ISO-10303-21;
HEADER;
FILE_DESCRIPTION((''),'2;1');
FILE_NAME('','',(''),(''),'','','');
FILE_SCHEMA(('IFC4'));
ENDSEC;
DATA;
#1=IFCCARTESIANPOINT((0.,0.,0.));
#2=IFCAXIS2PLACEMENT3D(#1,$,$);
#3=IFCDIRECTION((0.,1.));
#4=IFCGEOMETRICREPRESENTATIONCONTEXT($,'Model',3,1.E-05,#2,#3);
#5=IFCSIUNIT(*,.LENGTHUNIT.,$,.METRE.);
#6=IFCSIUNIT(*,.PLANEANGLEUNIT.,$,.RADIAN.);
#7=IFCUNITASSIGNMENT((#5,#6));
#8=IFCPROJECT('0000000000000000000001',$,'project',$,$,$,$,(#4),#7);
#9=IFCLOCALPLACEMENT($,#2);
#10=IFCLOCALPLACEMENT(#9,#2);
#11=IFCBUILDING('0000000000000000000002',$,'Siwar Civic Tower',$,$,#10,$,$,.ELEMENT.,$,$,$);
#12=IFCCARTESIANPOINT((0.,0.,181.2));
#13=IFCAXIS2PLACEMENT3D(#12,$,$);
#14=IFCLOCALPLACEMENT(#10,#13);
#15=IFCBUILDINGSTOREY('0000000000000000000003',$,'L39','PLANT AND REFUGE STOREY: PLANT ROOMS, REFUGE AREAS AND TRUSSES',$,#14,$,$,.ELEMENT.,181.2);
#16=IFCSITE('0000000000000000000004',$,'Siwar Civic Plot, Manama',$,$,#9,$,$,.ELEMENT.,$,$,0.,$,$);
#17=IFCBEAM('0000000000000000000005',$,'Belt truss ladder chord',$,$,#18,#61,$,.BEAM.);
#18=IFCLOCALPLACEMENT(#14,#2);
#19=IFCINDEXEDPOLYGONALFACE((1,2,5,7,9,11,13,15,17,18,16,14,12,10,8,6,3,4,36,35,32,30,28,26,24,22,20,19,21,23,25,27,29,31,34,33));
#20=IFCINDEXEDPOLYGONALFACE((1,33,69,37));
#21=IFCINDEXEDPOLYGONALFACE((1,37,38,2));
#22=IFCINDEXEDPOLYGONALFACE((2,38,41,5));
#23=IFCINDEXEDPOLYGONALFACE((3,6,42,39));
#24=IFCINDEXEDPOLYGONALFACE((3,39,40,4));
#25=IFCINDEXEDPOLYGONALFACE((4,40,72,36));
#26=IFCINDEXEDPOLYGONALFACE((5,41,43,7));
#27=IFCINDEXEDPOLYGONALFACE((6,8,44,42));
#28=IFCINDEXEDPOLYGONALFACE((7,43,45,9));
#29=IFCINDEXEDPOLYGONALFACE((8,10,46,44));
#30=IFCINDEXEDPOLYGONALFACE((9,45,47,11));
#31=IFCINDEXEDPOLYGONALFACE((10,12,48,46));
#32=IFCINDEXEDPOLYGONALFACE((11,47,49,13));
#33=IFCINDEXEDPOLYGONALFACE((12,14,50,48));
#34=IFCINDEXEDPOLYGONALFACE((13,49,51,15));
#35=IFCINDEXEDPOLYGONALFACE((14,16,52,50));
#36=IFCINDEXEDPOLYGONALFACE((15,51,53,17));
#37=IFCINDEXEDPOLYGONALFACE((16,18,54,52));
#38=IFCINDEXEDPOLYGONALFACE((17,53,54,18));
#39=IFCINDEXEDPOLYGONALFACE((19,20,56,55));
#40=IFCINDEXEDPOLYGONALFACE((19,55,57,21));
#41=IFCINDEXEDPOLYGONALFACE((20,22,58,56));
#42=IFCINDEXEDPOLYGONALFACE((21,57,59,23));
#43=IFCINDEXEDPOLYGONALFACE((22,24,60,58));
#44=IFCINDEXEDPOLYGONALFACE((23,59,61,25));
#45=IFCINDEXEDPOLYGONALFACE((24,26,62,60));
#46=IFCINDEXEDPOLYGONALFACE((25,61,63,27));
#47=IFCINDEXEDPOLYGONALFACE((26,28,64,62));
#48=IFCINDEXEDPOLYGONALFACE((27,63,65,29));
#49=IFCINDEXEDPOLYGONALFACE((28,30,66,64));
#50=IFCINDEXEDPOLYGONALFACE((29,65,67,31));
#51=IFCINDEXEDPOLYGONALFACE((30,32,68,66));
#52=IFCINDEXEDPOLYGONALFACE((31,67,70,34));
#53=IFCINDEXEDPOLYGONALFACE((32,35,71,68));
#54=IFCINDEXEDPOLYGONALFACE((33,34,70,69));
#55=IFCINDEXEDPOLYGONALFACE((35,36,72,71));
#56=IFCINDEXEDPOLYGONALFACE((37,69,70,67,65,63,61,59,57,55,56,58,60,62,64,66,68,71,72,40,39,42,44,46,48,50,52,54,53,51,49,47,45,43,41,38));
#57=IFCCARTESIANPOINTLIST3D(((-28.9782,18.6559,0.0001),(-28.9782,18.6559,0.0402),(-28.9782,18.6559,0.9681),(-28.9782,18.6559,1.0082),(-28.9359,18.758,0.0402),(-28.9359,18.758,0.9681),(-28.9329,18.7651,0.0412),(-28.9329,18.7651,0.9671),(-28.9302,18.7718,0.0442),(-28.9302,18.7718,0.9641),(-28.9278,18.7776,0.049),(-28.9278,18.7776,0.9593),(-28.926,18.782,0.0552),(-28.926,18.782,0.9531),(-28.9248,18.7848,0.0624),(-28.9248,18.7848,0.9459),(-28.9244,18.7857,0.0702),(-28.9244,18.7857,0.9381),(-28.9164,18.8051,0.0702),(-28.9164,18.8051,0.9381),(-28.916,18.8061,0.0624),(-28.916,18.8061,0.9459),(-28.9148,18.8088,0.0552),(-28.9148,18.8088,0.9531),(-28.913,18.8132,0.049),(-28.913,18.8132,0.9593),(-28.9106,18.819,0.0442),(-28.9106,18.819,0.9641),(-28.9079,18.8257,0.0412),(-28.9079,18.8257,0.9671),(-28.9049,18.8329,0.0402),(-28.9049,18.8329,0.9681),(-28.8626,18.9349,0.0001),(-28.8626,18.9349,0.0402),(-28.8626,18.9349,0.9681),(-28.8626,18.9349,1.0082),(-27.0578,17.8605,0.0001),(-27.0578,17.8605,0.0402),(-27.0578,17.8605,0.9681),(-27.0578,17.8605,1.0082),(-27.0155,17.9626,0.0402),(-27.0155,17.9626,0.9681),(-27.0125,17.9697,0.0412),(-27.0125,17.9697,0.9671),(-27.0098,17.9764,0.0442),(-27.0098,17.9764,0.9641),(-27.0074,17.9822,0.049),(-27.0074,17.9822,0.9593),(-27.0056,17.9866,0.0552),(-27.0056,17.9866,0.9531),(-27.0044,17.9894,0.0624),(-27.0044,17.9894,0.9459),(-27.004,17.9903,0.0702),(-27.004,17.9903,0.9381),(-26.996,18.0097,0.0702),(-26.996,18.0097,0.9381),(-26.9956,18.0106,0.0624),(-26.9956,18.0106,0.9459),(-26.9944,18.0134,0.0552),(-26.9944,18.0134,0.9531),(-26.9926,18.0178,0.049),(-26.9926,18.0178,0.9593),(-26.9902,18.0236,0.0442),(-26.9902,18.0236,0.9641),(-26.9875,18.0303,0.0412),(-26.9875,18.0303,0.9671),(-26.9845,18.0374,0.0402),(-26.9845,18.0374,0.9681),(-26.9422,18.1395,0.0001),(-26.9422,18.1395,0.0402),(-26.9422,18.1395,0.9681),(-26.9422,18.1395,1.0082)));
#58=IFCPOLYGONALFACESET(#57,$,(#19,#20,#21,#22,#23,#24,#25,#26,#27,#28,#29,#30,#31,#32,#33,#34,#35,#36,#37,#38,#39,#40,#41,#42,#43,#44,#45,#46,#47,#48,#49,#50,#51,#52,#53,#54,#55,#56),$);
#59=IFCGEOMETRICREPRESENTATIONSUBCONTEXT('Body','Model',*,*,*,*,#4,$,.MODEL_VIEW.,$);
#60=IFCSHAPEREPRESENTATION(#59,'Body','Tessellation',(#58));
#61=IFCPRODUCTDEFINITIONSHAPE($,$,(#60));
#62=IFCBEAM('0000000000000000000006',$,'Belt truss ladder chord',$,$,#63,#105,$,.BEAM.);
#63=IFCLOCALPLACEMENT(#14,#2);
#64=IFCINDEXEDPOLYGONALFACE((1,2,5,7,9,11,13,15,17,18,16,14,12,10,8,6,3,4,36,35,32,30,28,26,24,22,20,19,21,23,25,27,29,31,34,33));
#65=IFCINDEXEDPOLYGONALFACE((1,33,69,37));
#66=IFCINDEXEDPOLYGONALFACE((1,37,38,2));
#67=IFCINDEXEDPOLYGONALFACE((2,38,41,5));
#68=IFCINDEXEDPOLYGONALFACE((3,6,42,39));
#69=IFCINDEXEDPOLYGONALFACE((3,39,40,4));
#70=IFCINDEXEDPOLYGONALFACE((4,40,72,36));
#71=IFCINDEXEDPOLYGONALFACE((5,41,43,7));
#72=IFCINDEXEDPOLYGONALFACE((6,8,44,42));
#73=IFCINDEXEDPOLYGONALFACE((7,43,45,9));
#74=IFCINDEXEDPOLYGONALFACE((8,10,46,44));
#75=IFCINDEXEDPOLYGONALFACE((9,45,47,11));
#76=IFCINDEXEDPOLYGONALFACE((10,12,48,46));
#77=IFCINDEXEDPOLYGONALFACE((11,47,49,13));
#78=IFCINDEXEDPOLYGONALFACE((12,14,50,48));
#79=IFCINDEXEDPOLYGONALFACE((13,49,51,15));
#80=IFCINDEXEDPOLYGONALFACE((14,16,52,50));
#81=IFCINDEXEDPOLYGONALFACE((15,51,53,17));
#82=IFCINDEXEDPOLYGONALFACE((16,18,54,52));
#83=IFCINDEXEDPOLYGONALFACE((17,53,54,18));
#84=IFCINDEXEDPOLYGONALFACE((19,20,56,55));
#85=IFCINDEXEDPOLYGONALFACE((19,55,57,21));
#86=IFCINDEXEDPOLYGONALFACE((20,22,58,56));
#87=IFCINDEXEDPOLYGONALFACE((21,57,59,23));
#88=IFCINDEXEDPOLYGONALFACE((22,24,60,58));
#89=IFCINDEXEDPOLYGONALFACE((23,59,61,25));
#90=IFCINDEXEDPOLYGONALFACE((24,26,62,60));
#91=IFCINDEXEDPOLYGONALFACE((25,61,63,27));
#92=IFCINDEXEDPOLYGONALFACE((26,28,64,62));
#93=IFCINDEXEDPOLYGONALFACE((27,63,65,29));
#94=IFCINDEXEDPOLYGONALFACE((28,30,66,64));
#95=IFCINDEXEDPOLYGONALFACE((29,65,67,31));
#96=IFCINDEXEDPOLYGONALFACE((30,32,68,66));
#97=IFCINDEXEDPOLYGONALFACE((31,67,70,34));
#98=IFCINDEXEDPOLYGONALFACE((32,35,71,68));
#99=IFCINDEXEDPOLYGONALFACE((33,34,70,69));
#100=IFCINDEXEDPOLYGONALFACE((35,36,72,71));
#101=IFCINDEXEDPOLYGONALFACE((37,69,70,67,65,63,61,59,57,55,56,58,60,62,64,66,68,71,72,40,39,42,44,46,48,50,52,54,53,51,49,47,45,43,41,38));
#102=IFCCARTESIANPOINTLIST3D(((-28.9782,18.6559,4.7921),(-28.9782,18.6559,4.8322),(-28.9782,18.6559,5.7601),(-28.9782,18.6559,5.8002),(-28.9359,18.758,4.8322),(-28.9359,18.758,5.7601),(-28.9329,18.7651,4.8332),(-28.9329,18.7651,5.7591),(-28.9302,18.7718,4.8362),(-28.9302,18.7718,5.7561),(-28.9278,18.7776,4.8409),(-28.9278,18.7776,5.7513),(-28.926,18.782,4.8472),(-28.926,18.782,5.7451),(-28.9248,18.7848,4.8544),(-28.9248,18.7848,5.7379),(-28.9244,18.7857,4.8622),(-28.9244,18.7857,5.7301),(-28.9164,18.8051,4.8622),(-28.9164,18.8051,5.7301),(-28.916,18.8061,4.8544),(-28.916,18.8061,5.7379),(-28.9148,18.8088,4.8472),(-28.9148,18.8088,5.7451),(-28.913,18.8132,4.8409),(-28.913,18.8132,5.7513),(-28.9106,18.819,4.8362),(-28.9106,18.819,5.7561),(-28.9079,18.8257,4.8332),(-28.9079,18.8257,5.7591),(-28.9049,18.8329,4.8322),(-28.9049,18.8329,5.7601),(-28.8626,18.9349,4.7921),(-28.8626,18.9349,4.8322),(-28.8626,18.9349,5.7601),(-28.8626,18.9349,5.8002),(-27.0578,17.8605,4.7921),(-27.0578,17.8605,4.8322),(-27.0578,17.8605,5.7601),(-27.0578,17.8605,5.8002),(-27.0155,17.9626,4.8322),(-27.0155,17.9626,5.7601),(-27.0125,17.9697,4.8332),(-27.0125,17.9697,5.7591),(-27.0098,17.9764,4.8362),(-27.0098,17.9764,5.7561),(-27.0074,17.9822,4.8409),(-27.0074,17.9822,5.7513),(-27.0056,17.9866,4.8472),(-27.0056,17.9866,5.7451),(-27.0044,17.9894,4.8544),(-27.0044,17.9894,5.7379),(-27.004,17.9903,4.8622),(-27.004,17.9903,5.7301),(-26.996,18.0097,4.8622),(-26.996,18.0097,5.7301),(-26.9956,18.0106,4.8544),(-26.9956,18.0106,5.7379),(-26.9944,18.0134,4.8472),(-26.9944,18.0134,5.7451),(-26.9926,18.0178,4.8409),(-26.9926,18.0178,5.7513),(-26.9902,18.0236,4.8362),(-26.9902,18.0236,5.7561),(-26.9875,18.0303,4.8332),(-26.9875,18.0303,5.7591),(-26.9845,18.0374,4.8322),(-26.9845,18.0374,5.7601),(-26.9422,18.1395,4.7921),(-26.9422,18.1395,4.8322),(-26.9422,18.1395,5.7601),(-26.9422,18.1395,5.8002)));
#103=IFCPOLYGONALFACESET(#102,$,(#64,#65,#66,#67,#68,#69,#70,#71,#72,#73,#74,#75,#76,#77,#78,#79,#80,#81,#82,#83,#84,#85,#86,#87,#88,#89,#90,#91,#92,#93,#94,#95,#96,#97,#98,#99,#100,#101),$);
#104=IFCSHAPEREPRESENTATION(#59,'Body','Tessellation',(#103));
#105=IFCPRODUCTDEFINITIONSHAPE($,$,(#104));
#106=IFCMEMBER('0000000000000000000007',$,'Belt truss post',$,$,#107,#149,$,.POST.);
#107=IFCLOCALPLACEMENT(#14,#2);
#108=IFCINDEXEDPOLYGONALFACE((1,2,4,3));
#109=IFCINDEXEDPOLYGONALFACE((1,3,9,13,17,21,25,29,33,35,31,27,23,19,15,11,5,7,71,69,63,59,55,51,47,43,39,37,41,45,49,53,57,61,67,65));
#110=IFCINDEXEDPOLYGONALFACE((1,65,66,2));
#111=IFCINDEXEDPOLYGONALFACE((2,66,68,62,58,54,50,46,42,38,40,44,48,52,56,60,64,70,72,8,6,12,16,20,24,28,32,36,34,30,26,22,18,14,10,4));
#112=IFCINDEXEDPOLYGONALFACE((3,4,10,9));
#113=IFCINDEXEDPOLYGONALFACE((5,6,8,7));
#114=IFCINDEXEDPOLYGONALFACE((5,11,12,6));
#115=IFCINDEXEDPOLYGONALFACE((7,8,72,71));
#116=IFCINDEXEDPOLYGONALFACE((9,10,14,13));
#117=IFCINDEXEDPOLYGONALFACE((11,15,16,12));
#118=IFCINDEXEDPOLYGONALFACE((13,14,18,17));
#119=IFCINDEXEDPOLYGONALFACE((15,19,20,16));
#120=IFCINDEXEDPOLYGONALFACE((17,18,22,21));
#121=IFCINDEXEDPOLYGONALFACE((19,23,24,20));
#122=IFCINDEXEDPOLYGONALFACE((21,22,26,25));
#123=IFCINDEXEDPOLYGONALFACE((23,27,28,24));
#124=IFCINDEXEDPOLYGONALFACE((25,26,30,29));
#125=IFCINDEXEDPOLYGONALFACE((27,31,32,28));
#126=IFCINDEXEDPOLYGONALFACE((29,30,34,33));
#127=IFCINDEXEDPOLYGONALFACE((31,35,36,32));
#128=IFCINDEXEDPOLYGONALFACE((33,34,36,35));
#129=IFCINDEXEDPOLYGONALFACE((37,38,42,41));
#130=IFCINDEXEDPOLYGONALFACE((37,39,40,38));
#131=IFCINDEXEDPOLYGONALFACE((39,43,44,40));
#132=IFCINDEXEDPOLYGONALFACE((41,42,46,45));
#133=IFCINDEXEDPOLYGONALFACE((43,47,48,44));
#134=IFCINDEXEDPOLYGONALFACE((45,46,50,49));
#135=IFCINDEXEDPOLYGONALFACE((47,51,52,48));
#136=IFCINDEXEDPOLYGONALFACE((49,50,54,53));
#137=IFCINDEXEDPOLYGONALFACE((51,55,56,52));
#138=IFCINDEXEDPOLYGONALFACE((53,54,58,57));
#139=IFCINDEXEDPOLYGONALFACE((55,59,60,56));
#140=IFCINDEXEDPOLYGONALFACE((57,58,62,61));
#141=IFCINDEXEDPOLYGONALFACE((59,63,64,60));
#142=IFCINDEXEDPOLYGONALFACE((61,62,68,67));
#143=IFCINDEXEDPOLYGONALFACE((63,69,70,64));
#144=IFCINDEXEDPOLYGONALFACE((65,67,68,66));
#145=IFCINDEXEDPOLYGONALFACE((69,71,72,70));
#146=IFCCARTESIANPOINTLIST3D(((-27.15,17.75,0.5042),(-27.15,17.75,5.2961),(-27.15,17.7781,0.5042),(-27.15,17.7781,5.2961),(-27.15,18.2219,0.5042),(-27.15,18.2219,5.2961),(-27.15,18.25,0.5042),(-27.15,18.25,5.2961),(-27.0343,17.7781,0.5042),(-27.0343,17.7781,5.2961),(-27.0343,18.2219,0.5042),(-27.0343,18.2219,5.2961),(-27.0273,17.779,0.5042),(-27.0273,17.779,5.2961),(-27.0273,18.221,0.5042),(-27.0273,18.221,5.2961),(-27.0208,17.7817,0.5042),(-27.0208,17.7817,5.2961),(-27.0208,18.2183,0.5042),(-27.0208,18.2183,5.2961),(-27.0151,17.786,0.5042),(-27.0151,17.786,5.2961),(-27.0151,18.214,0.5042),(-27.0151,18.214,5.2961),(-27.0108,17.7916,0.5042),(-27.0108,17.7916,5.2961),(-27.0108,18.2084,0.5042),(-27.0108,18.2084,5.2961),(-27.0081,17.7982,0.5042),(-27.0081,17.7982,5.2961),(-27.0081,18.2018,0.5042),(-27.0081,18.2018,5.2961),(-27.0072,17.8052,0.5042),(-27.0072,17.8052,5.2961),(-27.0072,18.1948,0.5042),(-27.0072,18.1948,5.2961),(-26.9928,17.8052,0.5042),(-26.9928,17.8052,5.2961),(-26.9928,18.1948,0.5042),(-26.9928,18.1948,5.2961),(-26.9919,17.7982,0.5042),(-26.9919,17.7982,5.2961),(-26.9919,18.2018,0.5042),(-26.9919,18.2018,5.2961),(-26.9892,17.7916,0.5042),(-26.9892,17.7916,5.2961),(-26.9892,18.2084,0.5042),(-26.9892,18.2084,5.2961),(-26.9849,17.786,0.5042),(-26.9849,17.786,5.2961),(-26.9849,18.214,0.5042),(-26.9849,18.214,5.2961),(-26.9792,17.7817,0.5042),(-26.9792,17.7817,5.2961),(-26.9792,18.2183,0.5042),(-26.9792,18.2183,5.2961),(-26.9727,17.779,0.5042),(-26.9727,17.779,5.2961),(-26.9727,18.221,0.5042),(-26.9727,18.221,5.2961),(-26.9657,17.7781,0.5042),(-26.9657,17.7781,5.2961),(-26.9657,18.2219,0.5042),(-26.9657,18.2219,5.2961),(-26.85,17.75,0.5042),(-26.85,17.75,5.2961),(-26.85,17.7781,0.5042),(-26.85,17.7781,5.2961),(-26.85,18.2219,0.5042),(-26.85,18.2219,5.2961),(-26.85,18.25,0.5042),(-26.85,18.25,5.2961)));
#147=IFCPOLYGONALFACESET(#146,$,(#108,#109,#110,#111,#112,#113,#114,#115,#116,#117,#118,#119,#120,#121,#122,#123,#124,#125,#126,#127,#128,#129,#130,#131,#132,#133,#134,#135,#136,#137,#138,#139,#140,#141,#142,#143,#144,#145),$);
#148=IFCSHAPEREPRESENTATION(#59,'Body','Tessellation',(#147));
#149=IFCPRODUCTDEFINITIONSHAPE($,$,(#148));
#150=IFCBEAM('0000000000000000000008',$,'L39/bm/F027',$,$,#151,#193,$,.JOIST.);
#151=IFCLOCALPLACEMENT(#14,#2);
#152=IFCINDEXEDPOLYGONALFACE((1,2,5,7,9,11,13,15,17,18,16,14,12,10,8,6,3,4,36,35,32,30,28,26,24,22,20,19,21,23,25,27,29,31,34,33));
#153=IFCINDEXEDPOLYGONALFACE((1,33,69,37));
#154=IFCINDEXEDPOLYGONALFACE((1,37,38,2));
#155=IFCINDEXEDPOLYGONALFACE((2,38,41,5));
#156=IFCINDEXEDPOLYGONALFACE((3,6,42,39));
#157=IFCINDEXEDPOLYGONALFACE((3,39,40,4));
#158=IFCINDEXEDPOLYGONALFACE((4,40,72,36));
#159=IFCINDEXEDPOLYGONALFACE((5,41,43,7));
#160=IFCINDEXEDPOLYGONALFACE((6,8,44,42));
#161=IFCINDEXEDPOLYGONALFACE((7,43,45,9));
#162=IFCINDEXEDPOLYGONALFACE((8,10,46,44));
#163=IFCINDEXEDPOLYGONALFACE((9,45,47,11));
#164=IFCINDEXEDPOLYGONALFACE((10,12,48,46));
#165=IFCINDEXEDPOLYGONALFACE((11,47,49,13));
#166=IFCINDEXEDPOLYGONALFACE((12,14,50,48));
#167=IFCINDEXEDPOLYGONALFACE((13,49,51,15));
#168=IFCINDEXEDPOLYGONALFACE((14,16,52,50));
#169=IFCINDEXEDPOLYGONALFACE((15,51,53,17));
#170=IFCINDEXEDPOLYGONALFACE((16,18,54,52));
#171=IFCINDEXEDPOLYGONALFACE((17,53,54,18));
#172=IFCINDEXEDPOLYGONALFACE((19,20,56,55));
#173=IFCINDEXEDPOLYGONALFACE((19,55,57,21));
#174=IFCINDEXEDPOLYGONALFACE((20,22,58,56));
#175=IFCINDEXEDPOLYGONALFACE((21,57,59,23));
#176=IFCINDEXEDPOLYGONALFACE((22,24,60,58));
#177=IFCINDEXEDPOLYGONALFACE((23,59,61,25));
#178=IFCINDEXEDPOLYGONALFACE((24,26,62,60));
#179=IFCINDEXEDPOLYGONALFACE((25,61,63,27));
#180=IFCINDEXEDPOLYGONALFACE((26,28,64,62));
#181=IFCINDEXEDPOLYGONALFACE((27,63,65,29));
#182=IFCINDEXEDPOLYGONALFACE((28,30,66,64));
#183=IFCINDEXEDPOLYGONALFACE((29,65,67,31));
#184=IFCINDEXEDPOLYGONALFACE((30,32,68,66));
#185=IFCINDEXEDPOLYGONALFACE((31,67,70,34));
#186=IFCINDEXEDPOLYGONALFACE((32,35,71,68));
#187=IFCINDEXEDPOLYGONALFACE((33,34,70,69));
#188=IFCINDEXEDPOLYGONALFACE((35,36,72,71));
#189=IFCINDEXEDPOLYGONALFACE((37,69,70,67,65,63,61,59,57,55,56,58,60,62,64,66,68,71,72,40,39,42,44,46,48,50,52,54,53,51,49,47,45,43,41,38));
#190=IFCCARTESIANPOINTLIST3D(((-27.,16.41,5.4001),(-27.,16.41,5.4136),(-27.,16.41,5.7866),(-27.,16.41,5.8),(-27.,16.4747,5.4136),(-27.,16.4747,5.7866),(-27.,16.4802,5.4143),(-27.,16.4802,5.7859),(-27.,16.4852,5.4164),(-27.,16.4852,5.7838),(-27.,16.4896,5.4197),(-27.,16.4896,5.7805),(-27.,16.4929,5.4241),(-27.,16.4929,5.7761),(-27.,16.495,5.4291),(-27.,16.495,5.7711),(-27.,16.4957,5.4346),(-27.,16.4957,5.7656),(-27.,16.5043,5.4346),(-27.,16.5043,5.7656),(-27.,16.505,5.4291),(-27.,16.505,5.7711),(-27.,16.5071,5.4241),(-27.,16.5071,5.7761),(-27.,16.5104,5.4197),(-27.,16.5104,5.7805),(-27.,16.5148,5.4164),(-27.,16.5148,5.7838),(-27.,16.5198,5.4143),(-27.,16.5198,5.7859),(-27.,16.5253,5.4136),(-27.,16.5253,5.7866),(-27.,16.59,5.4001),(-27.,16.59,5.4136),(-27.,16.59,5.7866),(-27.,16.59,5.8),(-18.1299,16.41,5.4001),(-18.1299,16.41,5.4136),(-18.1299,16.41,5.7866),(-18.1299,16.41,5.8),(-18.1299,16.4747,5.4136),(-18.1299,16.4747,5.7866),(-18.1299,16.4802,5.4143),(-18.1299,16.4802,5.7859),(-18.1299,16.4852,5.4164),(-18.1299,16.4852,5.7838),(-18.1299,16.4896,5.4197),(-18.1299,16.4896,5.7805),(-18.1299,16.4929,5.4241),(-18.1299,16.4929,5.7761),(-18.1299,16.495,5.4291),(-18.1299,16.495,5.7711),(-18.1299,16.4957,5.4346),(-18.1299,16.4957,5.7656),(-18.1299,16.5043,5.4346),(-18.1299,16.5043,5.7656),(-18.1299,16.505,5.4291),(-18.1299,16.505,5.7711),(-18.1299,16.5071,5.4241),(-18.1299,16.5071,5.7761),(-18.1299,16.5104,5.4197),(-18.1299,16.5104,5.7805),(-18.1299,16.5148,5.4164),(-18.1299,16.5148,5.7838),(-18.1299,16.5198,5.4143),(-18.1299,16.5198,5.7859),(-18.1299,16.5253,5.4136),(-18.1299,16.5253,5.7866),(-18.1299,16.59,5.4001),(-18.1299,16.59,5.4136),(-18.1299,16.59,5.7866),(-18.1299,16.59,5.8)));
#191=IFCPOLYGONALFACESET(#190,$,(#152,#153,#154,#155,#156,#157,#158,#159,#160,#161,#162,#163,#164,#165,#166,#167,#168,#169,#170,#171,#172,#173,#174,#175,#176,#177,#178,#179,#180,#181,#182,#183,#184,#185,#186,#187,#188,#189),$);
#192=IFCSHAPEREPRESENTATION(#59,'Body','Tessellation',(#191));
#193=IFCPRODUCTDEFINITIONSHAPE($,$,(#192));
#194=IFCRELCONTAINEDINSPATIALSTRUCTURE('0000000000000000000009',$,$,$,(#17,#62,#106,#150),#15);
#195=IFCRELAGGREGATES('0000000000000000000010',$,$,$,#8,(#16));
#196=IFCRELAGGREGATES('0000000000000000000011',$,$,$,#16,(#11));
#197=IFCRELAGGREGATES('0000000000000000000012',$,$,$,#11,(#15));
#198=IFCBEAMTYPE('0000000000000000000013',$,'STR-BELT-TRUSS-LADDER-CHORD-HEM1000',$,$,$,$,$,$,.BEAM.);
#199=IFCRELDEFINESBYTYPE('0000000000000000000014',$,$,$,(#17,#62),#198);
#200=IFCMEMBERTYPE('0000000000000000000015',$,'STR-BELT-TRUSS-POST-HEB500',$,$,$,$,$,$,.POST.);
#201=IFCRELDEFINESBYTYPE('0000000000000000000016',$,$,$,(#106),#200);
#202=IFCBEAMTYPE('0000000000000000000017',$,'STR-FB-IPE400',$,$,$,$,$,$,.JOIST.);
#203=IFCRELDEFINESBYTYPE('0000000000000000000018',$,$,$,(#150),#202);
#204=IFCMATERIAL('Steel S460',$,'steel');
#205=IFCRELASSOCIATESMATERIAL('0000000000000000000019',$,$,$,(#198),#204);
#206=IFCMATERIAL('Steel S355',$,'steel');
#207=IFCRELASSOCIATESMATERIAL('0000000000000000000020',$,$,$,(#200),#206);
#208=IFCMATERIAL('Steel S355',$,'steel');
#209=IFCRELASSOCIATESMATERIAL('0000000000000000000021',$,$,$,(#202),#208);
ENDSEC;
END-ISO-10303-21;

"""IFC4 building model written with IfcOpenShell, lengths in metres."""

from ifc_helpers import new_model, si_unit, direction, frame, origin, origin_2d, place, context, subcontext, project, spatial, i_section, extrude, material, material_profile, profile_set, type_object, element, save


model = new_model("IFC4")

# Units and contexts
model_context = context("Model", 3, precision=1e-05, world=origin(), true_north=direction((0.0, 1.0)))
body_context = subcontext(model_context, "Body", "Model", "MODEL_VIEW")
ifc_project = project(units=[si_unit("LENGTHUNIT", "METRE"), si_unit("PLANEANGLEUNIT", "RADIAN")], contexts=[model_context])

# Site, building, storey
site_placement = place(None, origin())
site = spatial("IfcSite", under=ifc_project, at=site_placement, Name="Siwar Civic Plot, Manama", CompositionType="ELEMENT", RefElevation=0.0)
building_placement = place(site_placement, origin())
building = spatial("IfcBuilding", under=site, at=building_placement, Name="Siwar Civic Tower", CompositionType="ELEMENT")
storey_placement = place(building_placement, frame((0.0, 0.0, 181.2)))
storey = spatial("IfcBuildingStorey", under=building, at=storey_placement, Name="L39", Description="PLANT AND REFUGE STOREY: PLANT ROOMS, REFUGE AREAS AND TRUSSES", CompositionType="ELEMENT", Elevation=181.2)

# Beams
ifc_material_1 = material(Name="Steel S460", Category="steel")
ifc_material_profile_1 = material_profile(ifc_material_1, i_section(OverallWidth=0.302, OverallDepth=1.0081, WebThickness=0.021, FlangeThickness=0.04, FilletRadius=0.03, at=origin_2d()), Name="HEM1000")
ifc_profile_set_1 = profile_set([ifc_material_profile_1], Name="Steel S460")
beam_type_1 = type_object("IfcBeamType", Name="STR-BELT-TRUSS-LADDER-CHORD-HEM1000", PredefinedType="BEAM", material=ifc_profile_set_1)
for number, where, z_axis, x_axis, name in (
    (1, (-27.0, 18.0, 0.5042), (-0.923888, 0.382663, 0.0), (-0.382663, -0.923888, 0.0), "Belt truss ladder chord"),
    (2, (-27.0, 18.0, 5.2961), (-0.923888, 0.382663, 0.0), (-0.382663, -0.923888, 0.0), "Belt truss ladder chord"),
):
    element("IfcBeam", number, at=place(storey_placement, frame(where, z_axis=z_axis, x_axis=x_axis)), inside=storey, type_object=beam_type_1, Name=name, PredefinedType="BEAM", context=body_context, shape_type="SweptSolid", body=[
        extrude(i_section(OverallWidth=0.302, OverallDepth=1.0081, WebThickness=0.021, FlangeThickness=0.04, FilletRadius=0.03, at=origin_2d()), origin(), (0.0, 0.0, 1.0), 2.0786),
    ])

# Member
ifc_material_2 = material(Name="Steel S355", Category="steel")
ifc_material_profile_2 = material_profile(ifc_material_2, i_section(OverallWidth=0.3, OverallDepth=0.5, WebThickness=0.0144, FlangeThickness=0.0281, FilletRadius=0.0271, at=origin_2d()), Name="HEB500")
ifc_profile_set_2 = profile_set([ifc_material_profile_2], Name="Steel S355")
member_type_1 = type_object("IfcMemberType", Name="STR-BELT-TRUSS-POST-HEB500", PredefinedType="POST", material=ifc_profile_set_2)
member_1_placement = place(storey_placement, frame((-27.0, 18.0, 0.5042), z_axis=(0.0, 0.0, 1.0), x_axis=(1.0, 0.0, 0.0)))
element("IfcMember", 3, at=member_1_placement, inside=storey, type_object=member_type_1, Name="Belt truss post", PredefinedType="POST", context=body_context, shape_type="SweptSolid", body=[
    extrude(i_section(OverallWidth=0.3, OverallDepth=0.5, WebThickness=0.0144, FlangeThickness=0.0281, FilletRadius=0.0271, at=origin_2d()), origin(), (0.0, 0.0, 1.0), 4.792),
])

# Beam
ifc_material_3 = material(Name="Steel S355", Category="steel")
ifc_material_profile_3 = material_profile(ifc_material_3, i_section(OverallWidth=0.1799, OverallDepth=0.3999, WebThickness=0.0085, FlangeThickness=0.0134, FilletRadius=0.021, at=origin_2d()), Name="IPE400")
ifc_profile_set_3 = profile_set([ifc_material_profile_3], Name="Steel S355")
beam_type_2 = type_object("IfcBeamType", Name="STR-FB-IPE400", PredefinedType="JOIST", material=ifc_profile_set_3)
beam_1_placement = place(storey_placement, frame((-27.0, 16.5, 5.6001), z_axis=(1.0, 0.0, 0.0), x_axis=(0.0, 1.0, 0.0)))
element("IfcBeam", 4, at=beam_1_placement, inside=storey, type_object=beam_type_2, Name="L39/bm/F027", PredefinedType="JOIST", context=body_context, shape_type="SweptSolid", body=[
    extrude(i_section(OverallWidth=0.1799, OverallDepth=0.3999, WebThickness=0.0085, FlangeThickness=0.0134, FilletRadius=0.021, at=origin_2d()), origin(), (0.0, 0.0, 1.0), 8.8701),
])

save(model, "model.ifc")
